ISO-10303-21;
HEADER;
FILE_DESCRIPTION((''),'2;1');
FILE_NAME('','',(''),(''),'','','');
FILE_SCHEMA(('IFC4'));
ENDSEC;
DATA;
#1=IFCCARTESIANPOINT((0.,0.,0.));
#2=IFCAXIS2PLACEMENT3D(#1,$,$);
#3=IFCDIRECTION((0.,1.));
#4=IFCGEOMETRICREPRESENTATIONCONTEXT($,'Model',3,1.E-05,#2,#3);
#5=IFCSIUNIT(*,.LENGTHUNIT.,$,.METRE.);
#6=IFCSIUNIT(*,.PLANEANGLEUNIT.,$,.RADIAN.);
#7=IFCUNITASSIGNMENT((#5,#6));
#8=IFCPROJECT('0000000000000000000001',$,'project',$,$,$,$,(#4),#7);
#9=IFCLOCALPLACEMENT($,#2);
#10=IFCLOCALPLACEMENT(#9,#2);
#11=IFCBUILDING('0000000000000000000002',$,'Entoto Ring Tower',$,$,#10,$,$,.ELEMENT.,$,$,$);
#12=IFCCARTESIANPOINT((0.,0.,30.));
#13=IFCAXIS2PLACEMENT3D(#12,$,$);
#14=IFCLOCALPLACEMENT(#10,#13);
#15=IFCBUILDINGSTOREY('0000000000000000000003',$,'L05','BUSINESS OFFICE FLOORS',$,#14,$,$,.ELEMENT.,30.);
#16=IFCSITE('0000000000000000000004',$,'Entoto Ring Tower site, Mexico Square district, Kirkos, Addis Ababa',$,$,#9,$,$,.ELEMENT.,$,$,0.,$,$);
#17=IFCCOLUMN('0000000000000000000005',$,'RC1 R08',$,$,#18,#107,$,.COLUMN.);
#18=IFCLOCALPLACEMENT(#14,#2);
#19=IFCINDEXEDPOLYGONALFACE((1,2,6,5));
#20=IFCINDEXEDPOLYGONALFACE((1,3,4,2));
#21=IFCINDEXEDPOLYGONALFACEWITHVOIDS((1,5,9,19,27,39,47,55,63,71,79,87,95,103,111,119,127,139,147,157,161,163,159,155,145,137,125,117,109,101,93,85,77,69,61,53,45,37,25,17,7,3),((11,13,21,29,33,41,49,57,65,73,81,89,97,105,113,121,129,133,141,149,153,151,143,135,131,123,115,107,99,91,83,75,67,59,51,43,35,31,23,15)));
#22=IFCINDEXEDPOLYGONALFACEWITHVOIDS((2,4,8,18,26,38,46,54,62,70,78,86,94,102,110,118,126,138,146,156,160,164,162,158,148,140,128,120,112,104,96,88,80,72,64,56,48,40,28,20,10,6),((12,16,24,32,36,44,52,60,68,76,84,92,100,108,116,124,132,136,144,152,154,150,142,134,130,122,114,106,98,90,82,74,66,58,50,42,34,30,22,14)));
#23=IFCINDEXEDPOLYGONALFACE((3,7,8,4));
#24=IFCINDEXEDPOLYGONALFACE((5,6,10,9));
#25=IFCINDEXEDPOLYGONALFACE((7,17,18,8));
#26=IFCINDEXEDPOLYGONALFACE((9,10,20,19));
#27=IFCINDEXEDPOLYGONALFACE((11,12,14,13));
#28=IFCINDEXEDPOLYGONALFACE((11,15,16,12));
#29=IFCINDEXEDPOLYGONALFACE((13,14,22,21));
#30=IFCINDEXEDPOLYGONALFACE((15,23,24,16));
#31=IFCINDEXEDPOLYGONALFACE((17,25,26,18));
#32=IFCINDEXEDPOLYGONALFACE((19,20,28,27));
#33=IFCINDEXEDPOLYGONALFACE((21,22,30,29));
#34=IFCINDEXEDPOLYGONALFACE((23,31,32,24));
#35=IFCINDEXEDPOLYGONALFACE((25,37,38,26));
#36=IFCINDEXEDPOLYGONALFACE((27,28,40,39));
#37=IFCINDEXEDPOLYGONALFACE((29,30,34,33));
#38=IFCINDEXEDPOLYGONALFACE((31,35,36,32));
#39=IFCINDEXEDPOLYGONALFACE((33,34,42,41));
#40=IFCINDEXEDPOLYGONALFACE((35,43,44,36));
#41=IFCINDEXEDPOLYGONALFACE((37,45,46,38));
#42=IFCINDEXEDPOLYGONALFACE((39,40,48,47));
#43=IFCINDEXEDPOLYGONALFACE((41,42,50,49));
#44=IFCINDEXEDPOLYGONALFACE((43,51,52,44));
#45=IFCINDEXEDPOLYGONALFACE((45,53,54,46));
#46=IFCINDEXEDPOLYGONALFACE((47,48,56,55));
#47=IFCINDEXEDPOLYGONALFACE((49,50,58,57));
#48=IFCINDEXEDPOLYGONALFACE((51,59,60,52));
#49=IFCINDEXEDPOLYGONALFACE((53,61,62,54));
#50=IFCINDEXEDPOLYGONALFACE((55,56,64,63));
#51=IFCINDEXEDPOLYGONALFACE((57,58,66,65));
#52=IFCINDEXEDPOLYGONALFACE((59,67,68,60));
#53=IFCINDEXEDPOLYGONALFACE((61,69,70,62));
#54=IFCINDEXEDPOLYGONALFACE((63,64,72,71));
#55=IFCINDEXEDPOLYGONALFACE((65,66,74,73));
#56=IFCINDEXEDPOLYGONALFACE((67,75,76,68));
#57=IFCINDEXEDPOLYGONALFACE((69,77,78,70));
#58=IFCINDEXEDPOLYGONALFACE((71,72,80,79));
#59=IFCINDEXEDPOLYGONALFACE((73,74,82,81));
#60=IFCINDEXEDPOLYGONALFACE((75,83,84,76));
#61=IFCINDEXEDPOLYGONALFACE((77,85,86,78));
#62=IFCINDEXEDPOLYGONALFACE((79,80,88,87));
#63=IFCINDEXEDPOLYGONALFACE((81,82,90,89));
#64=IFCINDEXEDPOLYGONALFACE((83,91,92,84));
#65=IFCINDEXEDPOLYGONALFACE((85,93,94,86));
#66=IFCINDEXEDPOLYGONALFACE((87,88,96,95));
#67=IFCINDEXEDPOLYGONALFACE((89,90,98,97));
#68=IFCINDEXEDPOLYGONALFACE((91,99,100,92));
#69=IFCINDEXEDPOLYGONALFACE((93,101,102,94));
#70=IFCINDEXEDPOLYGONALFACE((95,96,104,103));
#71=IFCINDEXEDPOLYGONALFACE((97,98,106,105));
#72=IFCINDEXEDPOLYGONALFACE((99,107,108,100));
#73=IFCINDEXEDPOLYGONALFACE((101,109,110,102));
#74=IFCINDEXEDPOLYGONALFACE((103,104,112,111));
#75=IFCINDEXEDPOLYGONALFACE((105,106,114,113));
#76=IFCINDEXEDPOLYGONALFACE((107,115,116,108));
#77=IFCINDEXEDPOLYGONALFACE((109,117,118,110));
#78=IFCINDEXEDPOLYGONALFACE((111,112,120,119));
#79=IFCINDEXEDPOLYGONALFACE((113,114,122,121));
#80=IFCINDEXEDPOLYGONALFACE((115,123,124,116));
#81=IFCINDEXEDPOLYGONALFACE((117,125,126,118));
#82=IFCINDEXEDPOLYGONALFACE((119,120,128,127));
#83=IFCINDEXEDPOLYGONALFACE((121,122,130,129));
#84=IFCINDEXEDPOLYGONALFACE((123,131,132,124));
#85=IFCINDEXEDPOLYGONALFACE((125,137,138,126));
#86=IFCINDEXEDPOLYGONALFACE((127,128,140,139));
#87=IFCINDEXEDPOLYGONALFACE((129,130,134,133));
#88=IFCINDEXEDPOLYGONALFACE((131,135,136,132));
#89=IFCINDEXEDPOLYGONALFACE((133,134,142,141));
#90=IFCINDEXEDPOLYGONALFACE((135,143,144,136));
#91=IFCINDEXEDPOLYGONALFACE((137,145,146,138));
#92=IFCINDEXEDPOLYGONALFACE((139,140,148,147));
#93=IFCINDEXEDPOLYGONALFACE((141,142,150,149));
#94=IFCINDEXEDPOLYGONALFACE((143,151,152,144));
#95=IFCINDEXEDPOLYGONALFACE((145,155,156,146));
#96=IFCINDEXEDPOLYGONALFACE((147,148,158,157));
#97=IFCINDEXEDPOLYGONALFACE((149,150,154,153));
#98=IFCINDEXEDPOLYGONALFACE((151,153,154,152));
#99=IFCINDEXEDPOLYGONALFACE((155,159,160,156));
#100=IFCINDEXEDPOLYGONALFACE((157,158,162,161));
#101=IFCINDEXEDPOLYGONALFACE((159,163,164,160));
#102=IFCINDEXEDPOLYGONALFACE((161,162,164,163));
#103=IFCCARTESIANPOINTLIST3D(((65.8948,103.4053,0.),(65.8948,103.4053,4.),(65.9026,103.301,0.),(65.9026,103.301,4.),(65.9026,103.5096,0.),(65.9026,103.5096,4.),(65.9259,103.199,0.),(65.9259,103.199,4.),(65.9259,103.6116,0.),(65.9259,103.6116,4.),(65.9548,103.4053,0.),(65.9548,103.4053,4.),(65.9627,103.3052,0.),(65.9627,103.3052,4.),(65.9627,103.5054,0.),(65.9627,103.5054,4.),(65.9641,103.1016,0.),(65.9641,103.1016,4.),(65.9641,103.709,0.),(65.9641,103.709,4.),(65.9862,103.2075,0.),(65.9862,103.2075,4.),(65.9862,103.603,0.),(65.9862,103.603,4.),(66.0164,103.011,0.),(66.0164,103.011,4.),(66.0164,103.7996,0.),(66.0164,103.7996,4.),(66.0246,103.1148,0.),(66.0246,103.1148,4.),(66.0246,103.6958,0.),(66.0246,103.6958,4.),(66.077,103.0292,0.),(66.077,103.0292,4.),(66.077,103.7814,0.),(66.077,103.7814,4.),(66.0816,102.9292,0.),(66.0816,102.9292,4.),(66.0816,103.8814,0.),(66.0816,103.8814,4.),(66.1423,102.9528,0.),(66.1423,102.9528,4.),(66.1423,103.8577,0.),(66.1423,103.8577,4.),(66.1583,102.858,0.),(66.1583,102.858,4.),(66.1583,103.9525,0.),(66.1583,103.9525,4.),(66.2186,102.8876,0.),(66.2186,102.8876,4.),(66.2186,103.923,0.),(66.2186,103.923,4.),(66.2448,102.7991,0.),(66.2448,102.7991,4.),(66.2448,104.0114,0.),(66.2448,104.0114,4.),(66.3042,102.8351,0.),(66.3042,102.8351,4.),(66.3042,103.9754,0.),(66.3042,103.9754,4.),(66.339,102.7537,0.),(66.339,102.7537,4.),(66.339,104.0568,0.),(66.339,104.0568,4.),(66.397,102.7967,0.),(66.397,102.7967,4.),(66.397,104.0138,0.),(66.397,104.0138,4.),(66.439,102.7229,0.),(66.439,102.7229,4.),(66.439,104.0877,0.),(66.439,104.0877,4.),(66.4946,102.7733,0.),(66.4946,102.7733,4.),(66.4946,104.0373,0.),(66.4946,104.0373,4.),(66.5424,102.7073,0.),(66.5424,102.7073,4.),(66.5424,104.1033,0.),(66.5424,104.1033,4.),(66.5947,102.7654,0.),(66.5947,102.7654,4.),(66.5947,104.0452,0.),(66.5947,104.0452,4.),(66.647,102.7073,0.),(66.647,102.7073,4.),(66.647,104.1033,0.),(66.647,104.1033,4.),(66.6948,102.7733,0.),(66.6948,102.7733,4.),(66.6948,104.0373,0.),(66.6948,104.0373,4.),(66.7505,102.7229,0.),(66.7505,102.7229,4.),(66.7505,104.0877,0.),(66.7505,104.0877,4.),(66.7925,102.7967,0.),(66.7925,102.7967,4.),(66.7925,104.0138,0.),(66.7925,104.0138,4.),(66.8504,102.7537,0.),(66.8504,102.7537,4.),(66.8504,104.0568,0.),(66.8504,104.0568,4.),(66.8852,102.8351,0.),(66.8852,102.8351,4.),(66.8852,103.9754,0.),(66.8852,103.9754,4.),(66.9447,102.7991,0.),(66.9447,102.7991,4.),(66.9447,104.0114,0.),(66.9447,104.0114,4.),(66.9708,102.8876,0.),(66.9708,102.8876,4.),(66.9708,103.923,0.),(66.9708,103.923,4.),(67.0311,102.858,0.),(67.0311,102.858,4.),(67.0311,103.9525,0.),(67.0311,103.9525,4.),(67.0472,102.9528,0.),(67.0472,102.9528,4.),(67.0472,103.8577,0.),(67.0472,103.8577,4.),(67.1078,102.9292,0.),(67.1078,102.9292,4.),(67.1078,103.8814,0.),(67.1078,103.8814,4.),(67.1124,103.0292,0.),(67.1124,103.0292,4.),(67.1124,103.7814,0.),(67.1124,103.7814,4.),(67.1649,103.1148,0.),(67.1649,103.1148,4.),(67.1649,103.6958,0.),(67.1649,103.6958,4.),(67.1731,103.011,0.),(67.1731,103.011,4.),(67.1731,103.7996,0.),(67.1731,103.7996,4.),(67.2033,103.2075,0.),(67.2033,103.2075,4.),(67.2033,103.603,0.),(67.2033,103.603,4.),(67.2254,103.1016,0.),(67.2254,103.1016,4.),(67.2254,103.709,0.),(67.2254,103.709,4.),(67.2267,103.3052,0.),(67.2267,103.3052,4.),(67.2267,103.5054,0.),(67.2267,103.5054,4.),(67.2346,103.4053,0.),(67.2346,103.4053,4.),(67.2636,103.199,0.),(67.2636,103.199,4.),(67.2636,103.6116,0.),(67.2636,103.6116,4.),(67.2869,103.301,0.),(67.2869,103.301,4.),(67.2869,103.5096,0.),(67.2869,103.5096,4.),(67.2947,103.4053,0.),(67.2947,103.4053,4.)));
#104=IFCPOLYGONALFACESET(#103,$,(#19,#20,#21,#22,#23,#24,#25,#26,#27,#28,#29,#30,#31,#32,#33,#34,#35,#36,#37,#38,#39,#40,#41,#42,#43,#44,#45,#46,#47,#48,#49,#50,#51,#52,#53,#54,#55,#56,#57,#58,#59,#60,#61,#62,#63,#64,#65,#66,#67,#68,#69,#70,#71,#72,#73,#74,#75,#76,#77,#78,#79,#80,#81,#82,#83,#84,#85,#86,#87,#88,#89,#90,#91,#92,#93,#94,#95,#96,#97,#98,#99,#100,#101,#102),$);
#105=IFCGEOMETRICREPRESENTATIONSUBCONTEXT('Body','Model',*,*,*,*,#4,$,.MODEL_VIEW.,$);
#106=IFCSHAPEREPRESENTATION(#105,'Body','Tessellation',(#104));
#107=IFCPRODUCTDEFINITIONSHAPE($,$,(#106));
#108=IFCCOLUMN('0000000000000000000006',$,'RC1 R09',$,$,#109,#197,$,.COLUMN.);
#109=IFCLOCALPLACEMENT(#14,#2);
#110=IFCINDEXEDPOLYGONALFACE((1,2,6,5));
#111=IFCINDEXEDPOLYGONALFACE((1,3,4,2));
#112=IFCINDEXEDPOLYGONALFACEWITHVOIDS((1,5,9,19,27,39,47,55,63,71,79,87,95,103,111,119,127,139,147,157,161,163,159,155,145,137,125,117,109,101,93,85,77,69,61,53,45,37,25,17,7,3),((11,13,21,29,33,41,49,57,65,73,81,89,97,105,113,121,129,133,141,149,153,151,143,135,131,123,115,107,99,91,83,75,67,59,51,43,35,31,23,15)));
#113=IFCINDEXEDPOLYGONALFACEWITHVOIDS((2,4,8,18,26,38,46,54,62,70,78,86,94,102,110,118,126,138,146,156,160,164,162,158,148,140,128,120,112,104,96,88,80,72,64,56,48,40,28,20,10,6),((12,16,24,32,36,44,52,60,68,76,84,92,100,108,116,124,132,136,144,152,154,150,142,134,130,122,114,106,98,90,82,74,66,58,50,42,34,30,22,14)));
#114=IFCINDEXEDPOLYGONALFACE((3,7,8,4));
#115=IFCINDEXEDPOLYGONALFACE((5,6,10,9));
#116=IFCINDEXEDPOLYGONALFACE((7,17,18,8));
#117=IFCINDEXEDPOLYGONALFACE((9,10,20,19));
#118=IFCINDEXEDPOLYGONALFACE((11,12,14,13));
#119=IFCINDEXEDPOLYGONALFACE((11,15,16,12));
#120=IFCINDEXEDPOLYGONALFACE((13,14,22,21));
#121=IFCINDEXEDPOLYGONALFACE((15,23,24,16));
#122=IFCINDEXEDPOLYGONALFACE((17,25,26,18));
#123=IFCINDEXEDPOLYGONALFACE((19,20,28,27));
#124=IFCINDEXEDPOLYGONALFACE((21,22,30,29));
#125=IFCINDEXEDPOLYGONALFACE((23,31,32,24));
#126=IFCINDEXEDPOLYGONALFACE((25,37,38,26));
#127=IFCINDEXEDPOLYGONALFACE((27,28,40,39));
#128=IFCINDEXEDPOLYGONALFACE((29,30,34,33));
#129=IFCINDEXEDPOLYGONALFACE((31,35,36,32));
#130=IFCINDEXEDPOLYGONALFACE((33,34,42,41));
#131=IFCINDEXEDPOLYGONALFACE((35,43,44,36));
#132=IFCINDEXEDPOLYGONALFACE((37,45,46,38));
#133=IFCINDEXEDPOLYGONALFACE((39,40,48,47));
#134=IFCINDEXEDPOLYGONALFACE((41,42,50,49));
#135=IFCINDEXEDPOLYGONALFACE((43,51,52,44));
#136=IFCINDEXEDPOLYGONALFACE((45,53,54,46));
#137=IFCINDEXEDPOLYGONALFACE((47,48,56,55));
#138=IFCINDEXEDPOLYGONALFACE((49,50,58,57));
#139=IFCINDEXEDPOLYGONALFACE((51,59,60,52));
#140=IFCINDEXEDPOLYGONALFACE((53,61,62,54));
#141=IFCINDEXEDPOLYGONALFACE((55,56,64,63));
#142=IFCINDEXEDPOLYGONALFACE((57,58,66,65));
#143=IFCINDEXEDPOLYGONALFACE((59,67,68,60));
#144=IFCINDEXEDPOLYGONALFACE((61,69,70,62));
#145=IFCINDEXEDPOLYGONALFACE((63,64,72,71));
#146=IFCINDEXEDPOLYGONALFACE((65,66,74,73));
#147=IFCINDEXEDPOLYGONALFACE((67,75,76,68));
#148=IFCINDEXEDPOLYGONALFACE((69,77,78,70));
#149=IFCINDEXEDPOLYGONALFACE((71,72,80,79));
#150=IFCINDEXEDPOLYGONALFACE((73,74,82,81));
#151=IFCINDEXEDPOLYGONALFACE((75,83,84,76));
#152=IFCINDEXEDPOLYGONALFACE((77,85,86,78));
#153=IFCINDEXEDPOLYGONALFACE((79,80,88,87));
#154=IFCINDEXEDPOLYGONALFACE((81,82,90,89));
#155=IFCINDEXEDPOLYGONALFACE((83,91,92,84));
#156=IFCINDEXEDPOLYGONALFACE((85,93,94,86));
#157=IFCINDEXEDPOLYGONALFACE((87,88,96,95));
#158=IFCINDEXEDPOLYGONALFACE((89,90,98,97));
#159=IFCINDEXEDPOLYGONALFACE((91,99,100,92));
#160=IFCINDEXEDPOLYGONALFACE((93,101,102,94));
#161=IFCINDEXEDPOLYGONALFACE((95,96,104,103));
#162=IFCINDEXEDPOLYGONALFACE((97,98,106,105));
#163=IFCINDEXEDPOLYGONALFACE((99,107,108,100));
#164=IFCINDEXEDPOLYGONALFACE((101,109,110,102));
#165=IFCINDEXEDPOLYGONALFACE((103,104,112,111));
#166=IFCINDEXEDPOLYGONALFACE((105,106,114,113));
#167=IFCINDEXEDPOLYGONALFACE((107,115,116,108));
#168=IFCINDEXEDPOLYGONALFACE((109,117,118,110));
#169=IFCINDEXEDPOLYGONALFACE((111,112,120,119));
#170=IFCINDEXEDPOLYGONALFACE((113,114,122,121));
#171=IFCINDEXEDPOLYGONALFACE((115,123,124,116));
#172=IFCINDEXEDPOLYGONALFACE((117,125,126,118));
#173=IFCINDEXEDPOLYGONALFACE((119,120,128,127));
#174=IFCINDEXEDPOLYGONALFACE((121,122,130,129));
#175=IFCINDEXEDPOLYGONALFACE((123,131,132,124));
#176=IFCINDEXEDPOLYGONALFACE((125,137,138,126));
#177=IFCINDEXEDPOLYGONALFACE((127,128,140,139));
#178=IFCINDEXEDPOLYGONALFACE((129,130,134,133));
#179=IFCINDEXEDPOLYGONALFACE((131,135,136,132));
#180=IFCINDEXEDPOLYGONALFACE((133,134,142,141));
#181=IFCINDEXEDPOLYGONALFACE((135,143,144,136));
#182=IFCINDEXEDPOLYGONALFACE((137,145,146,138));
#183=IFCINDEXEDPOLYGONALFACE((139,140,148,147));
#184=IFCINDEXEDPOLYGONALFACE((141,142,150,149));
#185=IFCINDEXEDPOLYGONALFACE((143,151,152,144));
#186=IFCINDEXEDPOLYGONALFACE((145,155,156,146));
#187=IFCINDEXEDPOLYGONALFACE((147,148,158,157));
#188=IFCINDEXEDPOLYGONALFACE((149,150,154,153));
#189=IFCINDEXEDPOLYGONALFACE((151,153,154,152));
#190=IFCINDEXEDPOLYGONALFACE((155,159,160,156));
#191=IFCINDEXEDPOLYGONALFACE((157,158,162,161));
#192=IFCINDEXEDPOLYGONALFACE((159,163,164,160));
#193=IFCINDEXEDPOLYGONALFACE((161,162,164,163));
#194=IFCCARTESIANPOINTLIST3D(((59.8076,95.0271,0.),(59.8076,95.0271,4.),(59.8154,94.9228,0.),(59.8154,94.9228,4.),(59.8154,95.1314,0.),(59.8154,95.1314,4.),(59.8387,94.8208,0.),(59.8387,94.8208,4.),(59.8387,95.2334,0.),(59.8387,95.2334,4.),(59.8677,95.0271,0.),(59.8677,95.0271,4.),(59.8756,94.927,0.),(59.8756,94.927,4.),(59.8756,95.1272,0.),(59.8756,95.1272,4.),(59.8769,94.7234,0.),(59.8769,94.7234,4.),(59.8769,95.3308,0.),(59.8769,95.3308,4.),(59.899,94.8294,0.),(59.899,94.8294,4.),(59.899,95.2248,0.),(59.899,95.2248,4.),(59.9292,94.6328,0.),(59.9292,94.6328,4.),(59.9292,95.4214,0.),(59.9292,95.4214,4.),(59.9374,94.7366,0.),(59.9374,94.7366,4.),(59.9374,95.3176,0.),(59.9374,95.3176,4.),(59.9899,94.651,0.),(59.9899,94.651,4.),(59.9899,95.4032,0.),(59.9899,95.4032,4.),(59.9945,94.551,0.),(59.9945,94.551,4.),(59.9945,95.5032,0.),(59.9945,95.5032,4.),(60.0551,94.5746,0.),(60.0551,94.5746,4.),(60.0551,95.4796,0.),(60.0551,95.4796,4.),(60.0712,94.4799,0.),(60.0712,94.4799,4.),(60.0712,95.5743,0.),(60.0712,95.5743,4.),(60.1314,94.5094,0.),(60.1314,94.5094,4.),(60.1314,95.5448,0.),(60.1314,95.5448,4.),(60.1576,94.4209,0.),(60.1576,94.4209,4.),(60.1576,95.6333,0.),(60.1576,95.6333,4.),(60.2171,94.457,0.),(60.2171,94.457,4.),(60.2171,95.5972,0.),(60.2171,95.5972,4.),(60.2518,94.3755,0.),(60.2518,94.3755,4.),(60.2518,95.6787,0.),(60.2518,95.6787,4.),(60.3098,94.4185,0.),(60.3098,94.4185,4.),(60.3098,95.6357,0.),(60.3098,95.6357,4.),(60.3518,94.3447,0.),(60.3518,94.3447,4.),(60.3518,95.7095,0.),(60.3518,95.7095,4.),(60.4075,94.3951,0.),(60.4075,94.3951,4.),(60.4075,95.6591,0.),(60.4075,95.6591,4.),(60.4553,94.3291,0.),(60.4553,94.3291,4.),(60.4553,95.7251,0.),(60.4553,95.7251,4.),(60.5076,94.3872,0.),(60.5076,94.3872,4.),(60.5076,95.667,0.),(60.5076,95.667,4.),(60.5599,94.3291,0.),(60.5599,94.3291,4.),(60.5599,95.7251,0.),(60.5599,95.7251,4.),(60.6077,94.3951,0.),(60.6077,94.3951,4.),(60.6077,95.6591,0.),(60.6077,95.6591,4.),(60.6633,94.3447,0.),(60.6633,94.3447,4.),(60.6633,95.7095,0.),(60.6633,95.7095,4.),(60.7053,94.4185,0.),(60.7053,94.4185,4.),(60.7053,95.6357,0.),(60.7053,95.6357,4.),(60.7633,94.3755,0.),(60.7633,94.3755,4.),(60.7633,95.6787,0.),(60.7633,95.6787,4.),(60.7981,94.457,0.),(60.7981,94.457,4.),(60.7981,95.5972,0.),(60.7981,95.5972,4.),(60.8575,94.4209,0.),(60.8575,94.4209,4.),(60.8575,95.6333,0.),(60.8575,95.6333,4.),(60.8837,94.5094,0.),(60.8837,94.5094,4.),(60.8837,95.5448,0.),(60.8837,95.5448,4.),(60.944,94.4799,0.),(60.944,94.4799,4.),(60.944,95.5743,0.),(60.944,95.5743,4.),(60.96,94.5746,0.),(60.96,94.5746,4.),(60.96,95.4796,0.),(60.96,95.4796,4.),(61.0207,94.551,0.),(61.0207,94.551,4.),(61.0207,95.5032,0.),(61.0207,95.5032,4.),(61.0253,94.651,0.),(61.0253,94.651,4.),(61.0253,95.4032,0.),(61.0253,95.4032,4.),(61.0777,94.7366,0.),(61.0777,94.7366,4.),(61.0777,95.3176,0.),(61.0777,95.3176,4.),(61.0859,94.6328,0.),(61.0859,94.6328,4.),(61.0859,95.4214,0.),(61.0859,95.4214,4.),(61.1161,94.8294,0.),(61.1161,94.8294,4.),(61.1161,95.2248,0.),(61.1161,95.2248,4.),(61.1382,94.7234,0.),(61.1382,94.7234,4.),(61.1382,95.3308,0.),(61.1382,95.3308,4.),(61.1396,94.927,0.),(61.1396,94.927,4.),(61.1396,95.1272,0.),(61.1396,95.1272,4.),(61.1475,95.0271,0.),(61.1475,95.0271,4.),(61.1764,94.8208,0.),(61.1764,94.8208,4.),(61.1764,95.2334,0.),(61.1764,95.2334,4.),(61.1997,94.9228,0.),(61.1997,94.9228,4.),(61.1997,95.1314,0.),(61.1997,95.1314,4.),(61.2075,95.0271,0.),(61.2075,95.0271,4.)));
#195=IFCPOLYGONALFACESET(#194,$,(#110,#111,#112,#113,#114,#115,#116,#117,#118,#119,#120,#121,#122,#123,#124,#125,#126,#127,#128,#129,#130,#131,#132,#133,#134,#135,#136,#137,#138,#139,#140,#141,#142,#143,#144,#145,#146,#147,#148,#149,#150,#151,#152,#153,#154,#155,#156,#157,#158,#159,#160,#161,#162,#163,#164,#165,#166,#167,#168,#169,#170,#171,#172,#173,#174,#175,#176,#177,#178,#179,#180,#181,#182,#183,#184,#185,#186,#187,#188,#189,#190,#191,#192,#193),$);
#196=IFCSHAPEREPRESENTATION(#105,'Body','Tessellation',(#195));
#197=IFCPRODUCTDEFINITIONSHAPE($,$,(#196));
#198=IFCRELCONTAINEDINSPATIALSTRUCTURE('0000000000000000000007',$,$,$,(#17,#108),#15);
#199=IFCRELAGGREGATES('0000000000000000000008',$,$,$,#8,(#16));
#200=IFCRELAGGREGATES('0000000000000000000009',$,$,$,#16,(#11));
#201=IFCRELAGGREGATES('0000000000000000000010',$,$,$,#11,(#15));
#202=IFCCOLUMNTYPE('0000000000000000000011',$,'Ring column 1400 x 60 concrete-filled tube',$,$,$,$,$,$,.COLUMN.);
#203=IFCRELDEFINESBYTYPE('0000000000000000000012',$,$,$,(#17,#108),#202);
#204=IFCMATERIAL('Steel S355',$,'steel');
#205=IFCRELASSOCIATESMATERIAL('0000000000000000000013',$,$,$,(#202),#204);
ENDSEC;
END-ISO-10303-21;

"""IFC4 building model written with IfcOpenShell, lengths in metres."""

from ifc_helpers import new_model, si_unit, direction, frame, origin, origin_2d, place, context, subcontext, project, spatial, circle, hollow_circle, extrude, material, material_profile, profile_set, type_object, element, save


model = new_model("IFC4")

# Units and contexts
model_context = context("Model", 3, precision=1e-05, world=origin(), true_north=direction((0.0, 1.0)))
body_context = subcontext(model_context, "Body", "Model", "MODEL_VIEW")
ifc_project = project(units=[si_unit("LENGTHUNIT", "METRE"), si_unit("PLANEANGLEUNIT", "RADIAN")], contexts=[model_context])

# Site, building, storey
site_placement = place(None, origin())
site = spatial("IfcSite", under=ifc_project, at=site_placement, Name="Entoto Ring Tower site, Mexico Square district, Kirkos, Addis Ababa", CompositionType="ELEMENT", RefElevation=0.0)
building_placement = place(site_placement, origin())
building = spatial("IfcBuilding", under=site, at=building_placement, Name="Entoto Ring Tower", CompositionType="ELEMENT")
storey_placement = place(building_placement, frame((0.0, 0.0, 30.0)))
storey = spatial("IfcBuildingStorey", under=building, at=storey_placement, Name="L05", Description="BUSINESS OFFICE FLOORS", CompositionType="ELEMENT", Elevation=30.0)

# Columns
ifc_material_1 = material(Name="Steel S355", Category="steel")
ifc_material_profile_1 = material_profile(ifc_material_1, hollow_circle(Radius=0.7, WallThickness=0.0601, at=origin_2d()), Name="CHS 1400 x 60")
ifc_material_2 = material(Name="Concrete C60/75", Category="concrete")
ifc_material_profile_2 = material_profile(ifc_material_2, circle(Radius=0.6399, at=origin_2d()), Name="Concrete C60/75 infill")
ifc_profile_set_1 = profile_set([ifc_material_profile_1, ifc_material_profile_2], Name="Steel S355")
column_type = type_object("IfcColumnType", Name="Ring column 1400 x 60 concrete-filled tube", PredefinedType="COLUMN", material=ifc_profile_set_1)
for number, where, z_axis, x_axis, name in (
    (1, (66.5947, 103.4053, 0.0), (0.0, 0.0, 1.0), (1.0, 0.0, 0.0), "RC1 R08"),
    (2, (60.5076, 95.0271, 0.0), (0.0, 0.0, 1.0), (1.0, 0.0, 0.0), "RC1 R09"),
):
    element("IfcColumn", number, at=place(storey_placement, frame(where, z_axis=z_axis, x_axis=x_axis)), inside=storey, type_object=column_type, Name=name, PredefinedType="COLUMN", context=body_context, shape_type="SweptSolid", body=[
        extrude(hollow_circle(Radius=0.7, WallThickness=0.0601, at=origin_2d()), origin(), (0.0, 0.0, 1.0), 4.0),
    ])

save(model, "model.ifc")
